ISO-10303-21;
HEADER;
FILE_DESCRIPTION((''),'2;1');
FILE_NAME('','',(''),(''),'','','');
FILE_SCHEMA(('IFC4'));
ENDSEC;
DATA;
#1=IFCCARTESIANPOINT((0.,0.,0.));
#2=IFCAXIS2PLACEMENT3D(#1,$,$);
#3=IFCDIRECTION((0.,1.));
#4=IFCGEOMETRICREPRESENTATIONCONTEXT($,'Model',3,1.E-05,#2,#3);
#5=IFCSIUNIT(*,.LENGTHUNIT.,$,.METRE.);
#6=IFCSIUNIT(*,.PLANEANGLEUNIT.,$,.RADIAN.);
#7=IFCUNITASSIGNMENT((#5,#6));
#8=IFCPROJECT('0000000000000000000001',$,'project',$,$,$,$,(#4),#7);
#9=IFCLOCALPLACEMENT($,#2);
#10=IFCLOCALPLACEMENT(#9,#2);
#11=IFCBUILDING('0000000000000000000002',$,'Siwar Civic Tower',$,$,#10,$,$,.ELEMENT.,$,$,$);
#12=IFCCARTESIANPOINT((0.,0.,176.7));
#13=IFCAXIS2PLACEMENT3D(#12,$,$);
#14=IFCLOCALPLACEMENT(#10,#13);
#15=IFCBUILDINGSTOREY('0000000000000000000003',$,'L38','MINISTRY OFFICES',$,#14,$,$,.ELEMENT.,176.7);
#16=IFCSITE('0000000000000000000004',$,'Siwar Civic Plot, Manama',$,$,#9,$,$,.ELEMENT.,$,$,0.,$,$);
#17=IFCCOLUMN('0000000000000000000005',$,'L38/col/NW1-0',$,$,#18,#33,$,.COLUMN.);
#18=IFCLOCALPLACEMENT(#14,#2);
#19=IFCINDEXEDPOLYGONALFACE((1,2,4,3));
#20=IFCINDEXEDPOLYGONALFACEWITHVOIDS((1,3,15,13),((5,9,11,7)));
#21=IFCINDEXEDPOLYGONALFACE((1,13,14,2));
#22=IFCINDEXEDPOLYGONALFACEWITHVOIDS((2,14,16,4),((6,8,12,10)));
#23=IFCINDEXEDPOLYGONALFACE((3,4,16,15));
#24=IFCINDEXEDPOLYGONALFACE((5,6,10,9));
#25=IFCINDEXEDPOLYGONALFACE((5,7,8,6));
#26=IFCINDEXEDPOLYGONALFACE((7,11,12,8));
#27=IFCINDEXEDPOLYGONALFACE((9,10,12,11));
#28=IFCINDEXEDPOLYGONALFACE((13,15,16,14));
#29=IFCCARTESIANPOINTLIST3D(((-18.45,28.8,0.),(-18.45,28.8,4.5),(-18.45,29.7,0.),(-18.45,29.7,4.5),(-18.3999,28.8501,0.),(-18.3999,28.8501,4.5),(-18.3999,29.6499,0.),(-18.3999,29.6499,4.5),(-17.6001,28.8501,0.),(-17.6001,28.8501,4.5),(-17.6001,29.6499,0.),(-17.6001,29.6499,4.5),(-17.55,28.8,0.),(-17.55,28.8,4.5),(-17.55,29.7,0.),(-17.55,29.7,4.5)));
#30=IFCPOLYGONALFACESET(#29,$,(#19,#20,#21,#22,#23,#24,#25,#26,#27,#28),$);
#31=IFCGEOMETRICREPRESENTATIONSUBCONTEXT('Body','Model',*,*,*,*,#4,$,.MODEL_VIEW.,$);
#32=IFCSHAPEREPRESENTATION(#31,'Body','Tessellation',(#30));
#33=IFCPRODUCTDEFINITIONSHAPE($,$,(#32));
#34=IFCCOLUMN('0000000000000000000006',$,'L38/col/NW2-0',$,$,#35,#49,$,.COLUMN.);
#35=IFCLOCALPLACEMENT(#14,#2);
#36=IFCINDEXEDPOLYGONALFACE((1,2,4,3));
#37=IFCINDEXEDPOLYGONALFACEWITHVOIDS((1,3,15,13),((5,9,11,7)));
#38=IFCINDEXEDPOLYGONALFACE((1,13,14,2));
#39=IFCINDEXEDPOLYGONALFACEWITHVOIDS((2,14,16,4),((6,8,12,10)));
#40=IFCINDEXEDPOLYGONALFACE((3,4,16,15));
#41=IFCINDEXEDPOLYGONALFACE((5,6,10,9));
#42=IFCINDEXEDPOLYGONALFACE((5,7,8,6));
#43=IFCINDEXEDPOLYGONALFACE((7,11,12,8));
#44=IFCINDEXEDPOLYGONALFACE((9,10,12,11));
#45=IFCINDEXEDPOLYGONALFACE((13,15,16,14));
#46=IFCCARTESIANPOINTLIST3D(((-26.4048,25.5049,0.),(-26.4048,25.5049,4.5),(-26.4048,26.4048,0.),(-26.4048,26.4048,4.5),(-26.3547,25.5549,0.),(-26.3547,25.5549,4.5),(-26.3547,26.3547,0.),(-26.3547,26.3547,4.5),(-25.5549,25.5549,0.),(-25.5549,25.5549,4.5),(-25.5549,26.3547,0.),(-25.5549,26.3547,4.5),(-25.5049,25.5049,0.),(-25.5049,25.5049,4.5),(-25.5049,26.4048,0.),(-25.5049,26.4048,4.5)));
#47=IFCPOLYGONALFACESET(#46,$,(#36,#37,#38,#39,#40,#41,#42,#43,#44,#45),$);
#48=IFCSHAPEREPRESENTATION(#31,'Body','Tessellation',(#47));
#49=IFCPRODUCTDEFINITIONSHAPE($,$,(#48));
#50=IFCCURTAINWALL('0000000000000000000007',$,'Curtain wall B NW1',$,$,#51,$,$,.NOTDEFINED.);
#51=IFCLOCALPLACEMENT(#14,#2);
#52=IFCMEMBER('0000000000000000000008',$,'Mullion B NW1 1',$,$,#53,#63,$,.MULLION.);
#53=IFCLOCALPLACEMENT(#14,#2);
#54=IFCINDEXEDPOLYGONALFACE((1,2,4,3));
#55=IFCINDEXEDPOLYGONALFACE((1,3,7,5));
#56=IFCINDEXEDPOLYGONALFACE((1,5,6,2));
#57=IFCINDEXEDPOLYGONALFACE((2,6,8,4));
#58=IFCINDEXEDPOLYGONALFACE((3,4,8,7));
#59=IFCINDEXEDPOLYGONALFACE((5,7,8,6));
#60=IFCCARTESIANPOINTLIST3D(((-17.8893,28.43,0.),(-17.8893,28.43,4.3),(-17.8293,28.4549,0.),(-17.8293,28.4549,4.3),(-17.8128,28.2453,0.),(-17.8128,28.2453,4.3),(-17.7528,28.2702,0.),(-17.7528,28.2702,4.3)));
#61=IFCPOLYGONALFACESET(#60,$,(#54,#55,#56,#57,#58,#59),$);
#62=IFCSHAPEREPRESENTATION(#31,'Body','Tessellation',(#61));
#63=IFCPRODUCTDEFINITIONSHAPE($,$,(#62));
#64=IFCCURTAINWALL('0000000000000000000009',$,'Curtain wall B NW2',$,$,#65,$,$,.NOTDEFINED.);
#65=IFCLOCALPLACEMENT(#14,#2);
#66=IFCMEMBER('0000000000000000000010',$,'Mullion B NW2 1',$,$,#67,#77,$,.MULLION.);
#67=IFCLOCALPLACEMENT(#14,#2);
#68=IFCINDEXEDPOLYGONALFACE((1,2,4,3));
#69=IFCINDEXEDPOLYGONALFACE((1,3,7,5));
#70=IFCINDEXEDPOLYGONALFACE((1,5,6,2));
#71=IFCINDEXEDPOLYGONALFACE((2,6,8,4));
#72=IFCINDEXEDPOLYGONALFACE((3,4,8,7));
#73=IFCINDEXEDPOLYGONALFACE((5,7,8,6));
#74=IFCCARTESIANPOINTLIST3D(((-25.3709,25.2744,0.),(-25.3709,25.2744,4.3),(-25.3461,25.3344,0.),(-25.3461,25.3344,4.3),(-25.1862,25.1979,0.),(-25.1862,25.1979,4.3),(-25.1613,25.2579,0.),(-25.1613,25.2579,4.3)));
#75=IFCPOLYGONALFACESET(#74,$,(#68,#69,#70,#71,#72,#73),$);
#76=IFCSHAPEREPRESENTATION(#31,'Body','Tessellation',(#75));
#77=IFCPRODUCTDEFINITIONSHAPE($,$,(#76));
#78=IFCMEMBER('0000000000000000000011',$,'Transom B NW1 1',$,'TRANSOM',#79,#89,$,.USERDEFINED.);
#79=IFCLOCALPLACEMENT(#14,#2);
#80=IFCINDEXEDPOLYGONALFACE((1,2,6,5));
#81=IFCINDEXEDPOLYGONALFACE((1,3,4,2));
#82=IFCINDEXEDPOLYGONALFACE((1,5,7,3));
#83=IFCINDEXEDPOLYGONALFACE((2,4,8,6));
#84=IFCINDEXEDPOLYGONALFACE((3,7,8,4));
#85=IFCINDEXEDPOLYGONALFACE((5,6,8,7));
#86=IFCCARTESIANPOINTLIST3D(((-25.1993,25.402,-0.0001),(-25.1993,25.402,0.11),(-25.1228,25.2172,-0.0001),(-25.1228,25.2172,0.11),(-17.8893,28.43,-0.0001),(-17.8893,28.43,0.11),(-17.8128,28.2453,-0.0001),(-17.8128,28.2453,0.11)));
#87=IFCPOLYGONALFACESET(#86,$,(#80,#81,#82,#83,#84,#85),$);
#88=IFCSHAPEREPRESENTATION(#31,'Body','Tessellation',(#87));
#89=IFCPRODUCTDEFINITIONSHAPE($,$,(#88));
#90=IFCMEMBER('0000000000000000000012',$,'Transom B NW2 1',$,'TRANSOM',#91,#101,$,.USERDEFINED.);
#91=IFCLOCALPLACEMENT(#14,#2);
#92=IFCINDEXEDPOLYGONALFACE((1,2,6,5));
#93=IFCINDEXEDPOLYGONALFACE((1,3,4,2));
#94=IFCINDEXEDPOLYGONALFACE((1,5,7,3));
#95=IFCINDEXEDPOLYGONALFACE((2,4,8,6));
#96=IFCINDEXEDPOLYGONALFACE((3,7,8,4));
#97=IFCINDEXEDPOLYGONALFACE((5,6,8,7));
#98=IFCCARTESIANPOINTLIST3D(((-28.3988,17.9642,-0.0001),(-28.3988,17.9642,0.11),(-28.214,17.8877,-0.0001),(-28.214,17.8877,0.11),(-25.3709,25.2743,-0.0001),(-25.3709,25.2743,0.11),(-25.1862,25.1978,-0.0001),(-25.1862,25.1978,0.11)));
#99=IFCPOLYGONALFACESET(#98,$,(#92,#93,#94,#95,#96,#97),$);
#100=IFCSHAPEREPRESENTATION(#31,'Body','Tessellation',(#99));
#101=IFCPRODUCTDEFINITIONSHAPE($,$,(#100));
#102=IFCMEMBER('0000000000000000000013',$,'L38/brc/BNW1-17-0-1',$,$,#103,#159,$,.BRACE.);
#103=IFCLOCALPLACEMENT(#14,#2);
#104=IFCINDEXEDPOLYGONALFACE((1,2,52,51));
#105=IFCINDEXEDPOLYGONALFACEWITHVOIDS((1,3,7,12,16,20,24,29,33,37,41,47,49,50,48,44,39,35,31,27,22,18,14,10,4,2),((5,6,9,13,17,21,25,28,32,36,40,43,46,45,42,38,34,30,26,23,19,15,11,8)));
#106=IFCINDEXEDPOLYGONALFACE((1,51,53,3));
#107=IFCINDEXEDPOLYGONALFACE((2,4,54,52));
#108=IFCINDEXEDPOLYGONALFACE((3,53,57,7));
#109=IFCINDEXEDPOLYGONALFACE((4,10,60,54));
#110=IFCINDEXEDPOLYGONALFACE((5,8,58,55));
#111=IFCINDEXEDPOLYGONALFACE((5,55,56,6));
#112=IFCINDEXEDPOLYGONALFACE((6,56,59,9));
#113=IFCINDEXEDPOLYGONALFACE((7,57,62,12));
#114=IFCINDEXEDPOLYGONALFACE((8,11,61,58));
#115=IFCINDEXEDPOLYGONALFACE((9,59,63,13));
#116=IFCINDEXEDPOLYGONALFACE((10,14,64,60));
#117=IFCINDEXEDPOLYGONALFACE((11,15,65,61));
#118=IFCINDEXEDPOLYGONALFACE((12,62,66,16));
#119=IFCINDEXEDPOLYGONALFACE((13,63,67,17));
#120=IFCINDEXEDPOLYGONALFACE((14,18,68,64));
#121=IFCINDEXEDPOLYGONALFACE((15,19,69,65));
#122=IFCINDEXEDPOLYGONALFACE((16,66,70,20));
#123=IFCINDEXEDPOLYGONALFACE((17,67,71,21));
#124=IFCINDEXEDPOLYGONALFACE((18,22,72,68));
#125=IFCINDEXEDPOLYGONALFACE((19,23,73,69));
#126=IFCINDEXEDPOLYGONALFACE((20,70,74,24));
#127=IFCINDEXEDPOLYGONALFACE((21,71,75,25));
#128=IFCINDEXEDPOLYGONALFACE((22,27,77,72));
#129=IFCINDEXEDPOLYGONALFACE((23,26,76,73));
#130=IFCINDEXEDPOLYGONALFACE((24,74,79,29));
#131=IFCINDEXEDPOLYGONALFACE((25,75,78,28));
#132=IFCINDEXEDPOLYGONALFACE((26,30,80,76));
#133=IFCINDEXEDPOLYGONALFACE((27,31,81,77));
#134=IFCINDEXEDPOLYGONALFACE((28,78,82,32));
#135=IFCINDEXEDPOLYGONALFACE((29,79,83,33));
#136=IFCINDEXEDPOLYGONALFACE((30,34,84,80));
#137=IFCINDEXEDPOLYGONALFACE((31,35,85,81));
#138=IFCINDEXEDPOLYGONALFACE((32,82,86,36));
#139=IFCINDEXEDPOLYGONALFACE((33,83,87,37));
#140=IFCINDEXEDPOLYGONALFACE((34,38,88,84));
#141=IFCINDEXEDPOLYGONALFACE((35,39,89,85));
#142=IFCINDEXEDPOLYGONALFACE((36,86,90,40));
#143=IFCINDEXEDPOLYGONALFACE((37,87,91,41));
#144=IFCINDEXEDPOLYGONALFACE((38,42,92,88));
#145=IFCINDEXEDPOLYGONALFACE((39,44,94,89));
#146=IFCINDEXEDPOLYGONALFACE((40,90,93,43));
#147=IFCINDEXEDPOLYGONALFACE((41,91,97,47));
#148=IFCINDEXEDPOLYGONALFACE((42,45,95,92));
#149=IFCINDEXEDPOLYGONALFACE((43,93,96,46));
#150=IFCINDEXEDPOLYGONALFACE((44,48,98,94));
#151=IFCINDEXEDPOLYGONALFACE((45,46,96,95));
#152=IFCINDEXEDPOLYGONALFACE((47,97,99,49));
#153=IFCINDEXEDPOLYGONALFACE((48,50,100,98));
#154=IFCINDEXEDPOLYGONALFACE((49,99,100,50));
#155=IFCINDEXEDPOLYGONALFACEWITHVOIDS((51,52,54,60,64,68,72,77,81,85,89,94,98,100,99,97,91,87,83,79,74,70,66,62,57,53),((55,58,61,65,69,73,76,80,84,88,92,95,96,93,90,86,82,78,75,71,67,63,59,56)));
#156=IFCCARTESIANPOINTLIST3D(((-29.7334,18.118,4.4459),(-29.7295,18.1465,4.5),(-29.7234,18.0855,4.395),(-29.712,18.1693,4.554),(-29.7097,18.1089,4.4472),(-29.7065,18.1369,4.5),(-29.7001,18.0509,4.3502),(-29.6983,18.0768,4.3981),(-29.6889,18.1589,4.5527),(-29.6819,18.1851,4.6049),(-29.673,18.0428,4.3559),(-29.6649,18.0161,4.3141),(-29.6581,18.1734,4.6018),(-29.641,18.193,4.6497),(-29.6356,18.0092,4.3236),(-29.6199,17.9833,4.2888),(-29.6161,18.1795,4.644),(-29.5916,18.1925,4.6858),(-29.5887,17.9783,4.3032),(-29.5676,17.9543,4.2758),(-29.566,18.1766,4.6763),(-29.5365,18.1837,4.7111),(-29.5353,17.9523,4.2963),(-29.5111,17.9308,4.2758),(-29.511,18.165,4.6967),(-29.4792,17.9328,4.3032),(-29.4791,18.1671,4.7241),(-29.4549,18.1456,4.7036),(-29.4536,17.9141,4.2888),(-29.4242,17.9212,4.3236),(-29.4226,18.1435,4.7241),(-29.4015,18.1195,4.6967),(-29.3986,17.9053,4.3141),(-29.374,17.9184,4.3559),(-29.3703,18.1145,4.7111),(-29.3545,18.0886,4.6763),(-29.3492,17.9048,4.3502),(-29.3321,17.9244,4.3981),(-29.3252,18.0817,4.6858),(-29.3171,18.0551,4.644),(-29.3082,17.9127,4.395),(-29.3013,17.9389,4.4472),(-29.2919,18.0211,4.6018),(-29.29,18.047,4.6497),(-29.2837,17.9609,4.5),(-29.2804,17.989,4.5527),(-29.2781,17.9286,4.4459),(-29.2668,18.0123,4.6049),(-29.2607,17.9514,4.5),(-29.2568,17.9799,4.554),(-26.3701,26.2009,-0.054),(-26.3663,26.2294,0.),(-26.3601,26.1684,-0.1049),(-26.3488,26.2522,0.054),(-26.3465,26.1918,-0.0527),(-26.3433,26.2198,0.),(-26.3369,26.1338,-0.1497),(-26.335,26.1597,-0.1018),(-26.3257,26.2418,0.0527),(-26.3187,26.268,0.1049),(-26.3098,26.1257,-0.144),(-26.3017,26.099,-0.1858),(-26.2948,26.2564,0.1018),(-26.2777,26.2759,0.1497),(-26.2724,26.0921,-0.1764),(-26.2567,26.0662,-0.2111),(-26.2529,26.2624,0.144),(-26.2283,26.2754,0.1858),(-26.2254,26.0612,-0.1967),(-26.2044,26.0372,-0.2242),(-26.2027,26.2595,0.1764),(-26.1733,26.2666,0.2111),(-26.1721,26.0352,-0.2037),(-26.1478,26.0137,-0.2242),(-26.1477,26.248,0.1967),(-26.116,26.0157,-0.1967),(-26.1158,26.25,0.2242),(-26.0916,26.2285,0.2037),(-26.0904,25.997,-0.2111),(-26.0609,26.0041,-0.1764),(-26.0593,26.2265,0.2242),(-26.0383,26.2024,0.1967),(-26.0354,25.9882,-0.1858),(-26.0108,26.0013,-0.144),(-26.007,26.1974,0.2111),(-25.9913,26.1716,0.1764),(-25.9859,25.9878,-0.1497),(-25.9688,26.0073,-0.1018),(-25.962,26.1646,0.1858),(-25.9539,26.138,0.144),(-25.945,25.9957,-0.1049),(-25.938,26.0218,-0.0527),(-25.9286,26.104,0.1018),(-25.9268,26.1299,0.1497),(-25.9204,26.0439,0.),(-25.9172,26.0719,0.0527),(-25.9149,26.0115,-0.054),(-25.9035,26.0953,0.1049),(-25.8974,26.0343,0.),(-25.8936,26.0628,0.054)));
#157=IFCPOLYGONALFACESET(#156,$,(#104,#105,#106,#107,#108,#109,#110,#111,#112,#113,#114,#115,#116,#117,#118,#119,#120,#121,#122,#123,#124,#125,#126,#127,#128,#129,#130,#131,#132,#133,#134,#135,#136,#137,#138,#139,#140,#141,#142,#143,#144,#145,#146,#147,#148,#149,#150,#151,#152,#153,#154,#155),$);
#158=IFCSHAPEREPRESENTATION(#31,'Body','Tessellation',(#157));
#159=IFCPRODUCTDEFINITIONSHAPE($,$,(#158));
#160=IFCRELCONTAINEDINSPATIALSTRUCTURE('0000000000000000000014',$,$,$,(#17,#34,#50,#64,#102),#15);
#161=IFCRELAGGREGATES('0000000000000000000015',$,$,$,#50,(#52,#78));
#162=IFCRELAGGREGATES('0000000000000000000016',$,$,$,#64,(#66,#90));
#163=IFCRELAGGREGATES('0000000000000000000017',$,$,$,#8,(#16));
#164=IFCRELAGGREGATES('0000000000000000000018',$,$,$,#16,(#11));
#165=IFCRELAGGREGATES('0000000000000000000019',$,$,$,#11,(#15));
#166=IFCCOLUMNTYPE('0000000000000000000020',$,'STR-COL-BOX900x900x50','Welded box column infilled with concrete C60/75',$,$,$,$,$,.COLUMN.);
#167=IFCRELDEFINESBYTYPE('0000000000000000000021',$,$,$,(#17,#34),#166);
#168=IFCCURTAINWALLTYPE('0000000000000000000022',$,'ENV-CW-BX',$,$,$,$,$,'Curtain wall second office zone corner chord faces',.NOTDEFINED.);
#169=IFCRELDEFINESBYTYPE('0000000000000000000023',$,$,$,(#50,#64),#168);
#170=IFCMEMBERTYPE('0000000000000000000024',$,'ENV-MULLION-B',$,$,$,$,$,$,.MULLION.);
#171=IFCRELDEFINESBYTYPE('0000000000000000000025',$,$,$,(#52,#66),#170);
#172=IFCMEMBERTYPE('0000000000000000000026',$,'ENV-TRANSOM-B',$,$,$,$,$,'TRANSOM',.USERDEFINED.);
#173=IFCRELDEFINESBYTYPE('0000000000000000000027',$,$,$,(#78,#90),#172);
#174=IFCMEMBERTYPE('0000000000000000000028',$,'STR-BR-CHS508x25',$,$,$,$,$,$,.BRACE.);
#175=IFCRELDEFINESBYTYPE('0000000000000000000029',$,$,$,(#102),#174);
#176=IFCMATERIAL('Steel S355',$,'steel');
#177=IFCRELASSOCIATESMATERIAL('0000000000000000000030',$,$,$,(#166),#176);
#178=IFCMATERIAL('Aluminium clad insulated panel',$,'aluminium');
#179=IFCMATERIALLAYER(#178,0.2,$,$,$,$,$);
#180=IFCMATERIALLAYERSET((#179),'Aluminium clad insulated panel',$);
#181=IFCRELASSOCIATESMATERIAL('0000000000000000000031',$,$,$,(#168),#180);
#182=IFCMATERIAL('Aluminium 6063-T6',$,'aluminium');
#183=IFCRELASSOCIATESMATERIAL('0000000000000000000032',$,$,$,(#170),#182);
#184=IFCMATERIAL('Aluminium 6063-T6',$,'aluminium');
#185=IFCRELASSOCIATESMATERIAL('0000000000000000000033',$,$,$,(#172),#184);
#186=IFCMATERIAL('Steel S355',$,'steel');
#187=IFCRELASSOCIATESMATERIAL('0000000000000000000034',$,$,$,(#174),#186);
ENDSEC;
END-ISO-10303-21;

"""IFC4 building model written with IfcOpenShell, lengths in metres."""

from ifc_helpers import new_model, si_unit, direction, frame, origin, origin_2d, place, context, subcontext, project, spatial, rectangle, hollow_rectangle, hollow_circle, extrude, material, layer, layer_set, material_profile, profile_set, type_object, element, aggregate, save


model = new_model("IFC4")

# Units and contexts
model_context = context("Model", 3, precision=1e-05, world=origin(), true_north=direction((0.0, 1.0)))
body_context = subcontext(model_context, "Body", "Model", "MODEL_VIEW")
ifc_project = project(units=[si_unit("LENGTHUNIT", "METRE"), si_unit("PLANEANGLEUNIT", "RADIAN")], contexts=[model_context])

# Site, building, storey
site_placement = place(None, origin())
site = spatial("IfcSite", under=ifc_project, at=site_placement, Name="Siwar Civic Plot, Manama", CompositionType="ELEMENT", RefElevation=0.0)
building_placement = place(site_placement, origin())
building = spatial("IfcBuilding", under=site, at=building_placement, Name="Siwar Civic Tower", CompositionType="ELEMENT")
storey_placement = place(building_placement, frame((0.0, 0.0, 176.7)))
storey = spatial("IfcBuildingStorey", under=building, at=storey_placement, Name="L38", Description="MINISTRY OFFICES", CompositionType="ELEMENT", Elevation=176.7)

# Columns
ifc_material_1 = material(Name="Steel S355", Category="steel")
ifc_material_profile_1 = material_profile(ifc_material_1, hollow_rectangle(XDim=0.8999, YDim=0.8999, WallThickness=0.05, at=origin_2d()), Name="BOX900x900x50")
ifc_profile_set_1 = profile_set([ifc_material_profile_1], Name="Steel S355")
column_type = type_object("IfcColumnType", Name="STR-COL-BOX900x900x50", Description="Welded box column infilled with concrete C60/75", PredefinedType="COLUMN", material=ifc_profile_set_1)
for number, where, z_axis, x_axis, name in (
    (1, (-18.0, 29.25, 0.0), (0.0, 0.0, 1.0), (1.0, 0.0, 0.0), "L38/col/NW1-0"),
    (2, (-25.9548, 25.9548, 0.0), (0.0, 0.0, 1.0), (1.0, 0.0, 0.0), "L38/col/NW2-0"),
):
    element("IfcColumn", number, at=place(storey_placement, frame(where, z_axis=z_axis, x_axis=x_axis)), inside=storey, type_object=column_type, Name=name, PredefinedType="COLUMN", context=body_context, shape_type="SweptSolid", body=[
        extrude(hollow_rectangle(XDim=0.8999, YDim=0.8999, WallThickness=0.05, at=origin_2d()), origin(), (0.0, 0.0, 1.0), 4.5),
    ])

# Curtain walls, members
ifc_material_2 = material(Name="Aluminium clad insulated panel", Category="aluminium")
ifc_layer_1 = layer(ifc_material_2, 0.2)
ifc_layer_set_1 = layer_set([ifc_layer_1], Name="Aluminium clad insulated panel")
curtain_wall_type = type_object("IfcCurtainWallType", Name="ENV-CW-BX", ElementType="Curtain wall second office zone corner chord faces", PredefinedType="NOTDEFINED", material=ifc_layer_set_1)
curtain_wall_1_placement = place(storey_placement, origin())
curtain_wall_1 = element("IfcCurtainWall", 3, at=curtain_wall_1_placement, inside=storey, type_object=curtain_wall_type, Name="Curtain wall B NW1", PredefinedType="NOTDEFINED")
ifc_material_3 = material(Name="Aluminium 6063-T6", Category="aluminium")
ifc_material_profile_2 = material_profile(ifc_material_3, rectangle(XDim=0.2, YDim=0.0649, at=origin_2d()), Name="AL 200x65")
ifc_profile_set_2 = profile_set([ifc_material_profile_2], Name="Aluminium 6063-T6")
member_type_1 = type_object("IfcMemberType", Name="ENV-MULLION-B", PredefinedType="MULLION", material=ifc_profile_set_2)
member_1_placement = place(storey_placement, frame((-17.821, 28.3501, 0.0), z_axis=(0.0, 0.0, 1.0), x_axis=(0.382683, -0.92388, 0.0)))
member_1 = element("IfcMember", 4, at=member_1_placement, type_object=member_type_1, Name="Mullion B NW1 1", PredefinedType="MULLION", context=body_context, shape_type="SweptSolid", body=[
    extrude(rectangle(XDim=0.2, YDim=0.0649, at=origin_2d()), origin(), (0.0, 0.0, 1.0), 4.3),
])
curtain_wall_2_placement = place(storey_placement, origin())
curtain_wall_2 = element("IfcCurtainWall", 5, at=curtain_wall_2_placement, inside=storey, type_object=curtain_wall_type, Name="Curtain wall B NW2", PredefinedType="NOTDEFINED")
member_2_placement = place(storey_placement, frame((-25.2661, 25.2661, 0.0), z_axis=(0.0, 0.0, 1.0), x_axis=(0.92388, -0.382683, 0.0)))
member_2 = element("IfcMember", 6, at=member_2_placement, type_object=member_type_1, Name="Mullion B NW2 1", PredefinedType="MULLION", context=body_context, shape_type="SweptSolid", body=[
    extrude(rectangle(XDim=0.2, YDim=0.0649, at=origin_2d()), origin(), (0.0, 0.0, 1.0), 4.3),
])

# Members
ifc_material_4 = material(Name="Aluminium 6063-T6", Category="aluminium")
ifc_material_profile_3 = material_profile(ifc_material_4, rectangle(XDim=0.2, YDim=0.1101, at=origin_2d()), Name="AL 200x110")
ifc_profile_set_3 = profile_set([ifc_material_profile_3], Name="Aluminium 6063-T6")
member_type_2 = type_object("IfcMemberType", Name="ENV-TRANSOM-B", ElementType="TRANSOM", PredefinedType="USERDEFINED", material=ifc_profile_set_3)
member_3_placement = place(storey_placement, frame((-17.8511, 28.3376, 0.0549), z_axis=(-0.923873, -0.3827, 0.0), x_axis=(0.3827, -0.923873, 0.0)))
member_3 = element("IfcMember", 7, at=member_3_placement, type_object=member_type_2, Name="Transom B NW1 1", ObjectType="TRANSOM", PredefinedType="USERDEFINED", context=body_context, shape_type="SweptSolid", body=[
    extrude(rectangle(XDim=0.2, YDim=0.1101, at=origin_2d()), origin(), (0.0, 0.0, 1.0), 7.9124),
])
member_4_placement = place(storey_placement, frame((-25.2786, 25.2361, 0.0549), z_axis=(-0.382673, -0.923884, 0.0), x_axis=(0.923884, -0.382673, 0.0)))
member_4 = element("IfcMember", 8, at=member_4_placement, type_object=member_type_2, Name="Transom B NW2 1", ObjectType="TRANSOM", PredefinedType="USERDEFINED", context=body_context, shape_type="SweptSolid", body=[
    extrude(rectangle(XDim=0.2, YDim=0.1101, at=origin_2d()), origin(), (0.0, 0.0, 1.0), 7.9124),
])

# Member
ifc_material_5 = material(Name="Steel S355", Category="steel")
ifc_material_profile_4 = material_profile(ifc_material_5, hollow_circle(Radius=0.2539, WallThickness=0.0249, at=origin_2d()), Name="CHS508x25")
ifc_profile_set_4 = profile_set([ifc_material_profile_4], Name="Steel S355")
member_type_3 = type_object("IfcMemberType", Name="STR-BR-CHS508x25", PredefinedType="BRACE", material=ifc_profile_set_4)
member_5_placement = place(storey_placement, frame((-26.1318, 26.1318, 0.0), z_axis=(-0.341671, -0.821143, 0.457149), x_axis=(0.923265, -0.384164, 0.0)))
element("IfcMember", 9, at=member_5_placement, inside=storey, type_object=member_type_3, Name="L38/brc/BNW1-17-0-1", PredefinedType="BRACE", context=body_context, shape_type="SweptSolid", body=[
    extrude(hollow_circle(Radius=0.2539, WallThickness=0.0249, at=origin_2d()), origin(), (0.0, 0.0, 1.0), 9.8435),
])

aggregate(curtain_wall_1, [member_1, member_3])
aggregate(curtain_wall_2, [member_2, member_4])

save(model, "model.ifc")
